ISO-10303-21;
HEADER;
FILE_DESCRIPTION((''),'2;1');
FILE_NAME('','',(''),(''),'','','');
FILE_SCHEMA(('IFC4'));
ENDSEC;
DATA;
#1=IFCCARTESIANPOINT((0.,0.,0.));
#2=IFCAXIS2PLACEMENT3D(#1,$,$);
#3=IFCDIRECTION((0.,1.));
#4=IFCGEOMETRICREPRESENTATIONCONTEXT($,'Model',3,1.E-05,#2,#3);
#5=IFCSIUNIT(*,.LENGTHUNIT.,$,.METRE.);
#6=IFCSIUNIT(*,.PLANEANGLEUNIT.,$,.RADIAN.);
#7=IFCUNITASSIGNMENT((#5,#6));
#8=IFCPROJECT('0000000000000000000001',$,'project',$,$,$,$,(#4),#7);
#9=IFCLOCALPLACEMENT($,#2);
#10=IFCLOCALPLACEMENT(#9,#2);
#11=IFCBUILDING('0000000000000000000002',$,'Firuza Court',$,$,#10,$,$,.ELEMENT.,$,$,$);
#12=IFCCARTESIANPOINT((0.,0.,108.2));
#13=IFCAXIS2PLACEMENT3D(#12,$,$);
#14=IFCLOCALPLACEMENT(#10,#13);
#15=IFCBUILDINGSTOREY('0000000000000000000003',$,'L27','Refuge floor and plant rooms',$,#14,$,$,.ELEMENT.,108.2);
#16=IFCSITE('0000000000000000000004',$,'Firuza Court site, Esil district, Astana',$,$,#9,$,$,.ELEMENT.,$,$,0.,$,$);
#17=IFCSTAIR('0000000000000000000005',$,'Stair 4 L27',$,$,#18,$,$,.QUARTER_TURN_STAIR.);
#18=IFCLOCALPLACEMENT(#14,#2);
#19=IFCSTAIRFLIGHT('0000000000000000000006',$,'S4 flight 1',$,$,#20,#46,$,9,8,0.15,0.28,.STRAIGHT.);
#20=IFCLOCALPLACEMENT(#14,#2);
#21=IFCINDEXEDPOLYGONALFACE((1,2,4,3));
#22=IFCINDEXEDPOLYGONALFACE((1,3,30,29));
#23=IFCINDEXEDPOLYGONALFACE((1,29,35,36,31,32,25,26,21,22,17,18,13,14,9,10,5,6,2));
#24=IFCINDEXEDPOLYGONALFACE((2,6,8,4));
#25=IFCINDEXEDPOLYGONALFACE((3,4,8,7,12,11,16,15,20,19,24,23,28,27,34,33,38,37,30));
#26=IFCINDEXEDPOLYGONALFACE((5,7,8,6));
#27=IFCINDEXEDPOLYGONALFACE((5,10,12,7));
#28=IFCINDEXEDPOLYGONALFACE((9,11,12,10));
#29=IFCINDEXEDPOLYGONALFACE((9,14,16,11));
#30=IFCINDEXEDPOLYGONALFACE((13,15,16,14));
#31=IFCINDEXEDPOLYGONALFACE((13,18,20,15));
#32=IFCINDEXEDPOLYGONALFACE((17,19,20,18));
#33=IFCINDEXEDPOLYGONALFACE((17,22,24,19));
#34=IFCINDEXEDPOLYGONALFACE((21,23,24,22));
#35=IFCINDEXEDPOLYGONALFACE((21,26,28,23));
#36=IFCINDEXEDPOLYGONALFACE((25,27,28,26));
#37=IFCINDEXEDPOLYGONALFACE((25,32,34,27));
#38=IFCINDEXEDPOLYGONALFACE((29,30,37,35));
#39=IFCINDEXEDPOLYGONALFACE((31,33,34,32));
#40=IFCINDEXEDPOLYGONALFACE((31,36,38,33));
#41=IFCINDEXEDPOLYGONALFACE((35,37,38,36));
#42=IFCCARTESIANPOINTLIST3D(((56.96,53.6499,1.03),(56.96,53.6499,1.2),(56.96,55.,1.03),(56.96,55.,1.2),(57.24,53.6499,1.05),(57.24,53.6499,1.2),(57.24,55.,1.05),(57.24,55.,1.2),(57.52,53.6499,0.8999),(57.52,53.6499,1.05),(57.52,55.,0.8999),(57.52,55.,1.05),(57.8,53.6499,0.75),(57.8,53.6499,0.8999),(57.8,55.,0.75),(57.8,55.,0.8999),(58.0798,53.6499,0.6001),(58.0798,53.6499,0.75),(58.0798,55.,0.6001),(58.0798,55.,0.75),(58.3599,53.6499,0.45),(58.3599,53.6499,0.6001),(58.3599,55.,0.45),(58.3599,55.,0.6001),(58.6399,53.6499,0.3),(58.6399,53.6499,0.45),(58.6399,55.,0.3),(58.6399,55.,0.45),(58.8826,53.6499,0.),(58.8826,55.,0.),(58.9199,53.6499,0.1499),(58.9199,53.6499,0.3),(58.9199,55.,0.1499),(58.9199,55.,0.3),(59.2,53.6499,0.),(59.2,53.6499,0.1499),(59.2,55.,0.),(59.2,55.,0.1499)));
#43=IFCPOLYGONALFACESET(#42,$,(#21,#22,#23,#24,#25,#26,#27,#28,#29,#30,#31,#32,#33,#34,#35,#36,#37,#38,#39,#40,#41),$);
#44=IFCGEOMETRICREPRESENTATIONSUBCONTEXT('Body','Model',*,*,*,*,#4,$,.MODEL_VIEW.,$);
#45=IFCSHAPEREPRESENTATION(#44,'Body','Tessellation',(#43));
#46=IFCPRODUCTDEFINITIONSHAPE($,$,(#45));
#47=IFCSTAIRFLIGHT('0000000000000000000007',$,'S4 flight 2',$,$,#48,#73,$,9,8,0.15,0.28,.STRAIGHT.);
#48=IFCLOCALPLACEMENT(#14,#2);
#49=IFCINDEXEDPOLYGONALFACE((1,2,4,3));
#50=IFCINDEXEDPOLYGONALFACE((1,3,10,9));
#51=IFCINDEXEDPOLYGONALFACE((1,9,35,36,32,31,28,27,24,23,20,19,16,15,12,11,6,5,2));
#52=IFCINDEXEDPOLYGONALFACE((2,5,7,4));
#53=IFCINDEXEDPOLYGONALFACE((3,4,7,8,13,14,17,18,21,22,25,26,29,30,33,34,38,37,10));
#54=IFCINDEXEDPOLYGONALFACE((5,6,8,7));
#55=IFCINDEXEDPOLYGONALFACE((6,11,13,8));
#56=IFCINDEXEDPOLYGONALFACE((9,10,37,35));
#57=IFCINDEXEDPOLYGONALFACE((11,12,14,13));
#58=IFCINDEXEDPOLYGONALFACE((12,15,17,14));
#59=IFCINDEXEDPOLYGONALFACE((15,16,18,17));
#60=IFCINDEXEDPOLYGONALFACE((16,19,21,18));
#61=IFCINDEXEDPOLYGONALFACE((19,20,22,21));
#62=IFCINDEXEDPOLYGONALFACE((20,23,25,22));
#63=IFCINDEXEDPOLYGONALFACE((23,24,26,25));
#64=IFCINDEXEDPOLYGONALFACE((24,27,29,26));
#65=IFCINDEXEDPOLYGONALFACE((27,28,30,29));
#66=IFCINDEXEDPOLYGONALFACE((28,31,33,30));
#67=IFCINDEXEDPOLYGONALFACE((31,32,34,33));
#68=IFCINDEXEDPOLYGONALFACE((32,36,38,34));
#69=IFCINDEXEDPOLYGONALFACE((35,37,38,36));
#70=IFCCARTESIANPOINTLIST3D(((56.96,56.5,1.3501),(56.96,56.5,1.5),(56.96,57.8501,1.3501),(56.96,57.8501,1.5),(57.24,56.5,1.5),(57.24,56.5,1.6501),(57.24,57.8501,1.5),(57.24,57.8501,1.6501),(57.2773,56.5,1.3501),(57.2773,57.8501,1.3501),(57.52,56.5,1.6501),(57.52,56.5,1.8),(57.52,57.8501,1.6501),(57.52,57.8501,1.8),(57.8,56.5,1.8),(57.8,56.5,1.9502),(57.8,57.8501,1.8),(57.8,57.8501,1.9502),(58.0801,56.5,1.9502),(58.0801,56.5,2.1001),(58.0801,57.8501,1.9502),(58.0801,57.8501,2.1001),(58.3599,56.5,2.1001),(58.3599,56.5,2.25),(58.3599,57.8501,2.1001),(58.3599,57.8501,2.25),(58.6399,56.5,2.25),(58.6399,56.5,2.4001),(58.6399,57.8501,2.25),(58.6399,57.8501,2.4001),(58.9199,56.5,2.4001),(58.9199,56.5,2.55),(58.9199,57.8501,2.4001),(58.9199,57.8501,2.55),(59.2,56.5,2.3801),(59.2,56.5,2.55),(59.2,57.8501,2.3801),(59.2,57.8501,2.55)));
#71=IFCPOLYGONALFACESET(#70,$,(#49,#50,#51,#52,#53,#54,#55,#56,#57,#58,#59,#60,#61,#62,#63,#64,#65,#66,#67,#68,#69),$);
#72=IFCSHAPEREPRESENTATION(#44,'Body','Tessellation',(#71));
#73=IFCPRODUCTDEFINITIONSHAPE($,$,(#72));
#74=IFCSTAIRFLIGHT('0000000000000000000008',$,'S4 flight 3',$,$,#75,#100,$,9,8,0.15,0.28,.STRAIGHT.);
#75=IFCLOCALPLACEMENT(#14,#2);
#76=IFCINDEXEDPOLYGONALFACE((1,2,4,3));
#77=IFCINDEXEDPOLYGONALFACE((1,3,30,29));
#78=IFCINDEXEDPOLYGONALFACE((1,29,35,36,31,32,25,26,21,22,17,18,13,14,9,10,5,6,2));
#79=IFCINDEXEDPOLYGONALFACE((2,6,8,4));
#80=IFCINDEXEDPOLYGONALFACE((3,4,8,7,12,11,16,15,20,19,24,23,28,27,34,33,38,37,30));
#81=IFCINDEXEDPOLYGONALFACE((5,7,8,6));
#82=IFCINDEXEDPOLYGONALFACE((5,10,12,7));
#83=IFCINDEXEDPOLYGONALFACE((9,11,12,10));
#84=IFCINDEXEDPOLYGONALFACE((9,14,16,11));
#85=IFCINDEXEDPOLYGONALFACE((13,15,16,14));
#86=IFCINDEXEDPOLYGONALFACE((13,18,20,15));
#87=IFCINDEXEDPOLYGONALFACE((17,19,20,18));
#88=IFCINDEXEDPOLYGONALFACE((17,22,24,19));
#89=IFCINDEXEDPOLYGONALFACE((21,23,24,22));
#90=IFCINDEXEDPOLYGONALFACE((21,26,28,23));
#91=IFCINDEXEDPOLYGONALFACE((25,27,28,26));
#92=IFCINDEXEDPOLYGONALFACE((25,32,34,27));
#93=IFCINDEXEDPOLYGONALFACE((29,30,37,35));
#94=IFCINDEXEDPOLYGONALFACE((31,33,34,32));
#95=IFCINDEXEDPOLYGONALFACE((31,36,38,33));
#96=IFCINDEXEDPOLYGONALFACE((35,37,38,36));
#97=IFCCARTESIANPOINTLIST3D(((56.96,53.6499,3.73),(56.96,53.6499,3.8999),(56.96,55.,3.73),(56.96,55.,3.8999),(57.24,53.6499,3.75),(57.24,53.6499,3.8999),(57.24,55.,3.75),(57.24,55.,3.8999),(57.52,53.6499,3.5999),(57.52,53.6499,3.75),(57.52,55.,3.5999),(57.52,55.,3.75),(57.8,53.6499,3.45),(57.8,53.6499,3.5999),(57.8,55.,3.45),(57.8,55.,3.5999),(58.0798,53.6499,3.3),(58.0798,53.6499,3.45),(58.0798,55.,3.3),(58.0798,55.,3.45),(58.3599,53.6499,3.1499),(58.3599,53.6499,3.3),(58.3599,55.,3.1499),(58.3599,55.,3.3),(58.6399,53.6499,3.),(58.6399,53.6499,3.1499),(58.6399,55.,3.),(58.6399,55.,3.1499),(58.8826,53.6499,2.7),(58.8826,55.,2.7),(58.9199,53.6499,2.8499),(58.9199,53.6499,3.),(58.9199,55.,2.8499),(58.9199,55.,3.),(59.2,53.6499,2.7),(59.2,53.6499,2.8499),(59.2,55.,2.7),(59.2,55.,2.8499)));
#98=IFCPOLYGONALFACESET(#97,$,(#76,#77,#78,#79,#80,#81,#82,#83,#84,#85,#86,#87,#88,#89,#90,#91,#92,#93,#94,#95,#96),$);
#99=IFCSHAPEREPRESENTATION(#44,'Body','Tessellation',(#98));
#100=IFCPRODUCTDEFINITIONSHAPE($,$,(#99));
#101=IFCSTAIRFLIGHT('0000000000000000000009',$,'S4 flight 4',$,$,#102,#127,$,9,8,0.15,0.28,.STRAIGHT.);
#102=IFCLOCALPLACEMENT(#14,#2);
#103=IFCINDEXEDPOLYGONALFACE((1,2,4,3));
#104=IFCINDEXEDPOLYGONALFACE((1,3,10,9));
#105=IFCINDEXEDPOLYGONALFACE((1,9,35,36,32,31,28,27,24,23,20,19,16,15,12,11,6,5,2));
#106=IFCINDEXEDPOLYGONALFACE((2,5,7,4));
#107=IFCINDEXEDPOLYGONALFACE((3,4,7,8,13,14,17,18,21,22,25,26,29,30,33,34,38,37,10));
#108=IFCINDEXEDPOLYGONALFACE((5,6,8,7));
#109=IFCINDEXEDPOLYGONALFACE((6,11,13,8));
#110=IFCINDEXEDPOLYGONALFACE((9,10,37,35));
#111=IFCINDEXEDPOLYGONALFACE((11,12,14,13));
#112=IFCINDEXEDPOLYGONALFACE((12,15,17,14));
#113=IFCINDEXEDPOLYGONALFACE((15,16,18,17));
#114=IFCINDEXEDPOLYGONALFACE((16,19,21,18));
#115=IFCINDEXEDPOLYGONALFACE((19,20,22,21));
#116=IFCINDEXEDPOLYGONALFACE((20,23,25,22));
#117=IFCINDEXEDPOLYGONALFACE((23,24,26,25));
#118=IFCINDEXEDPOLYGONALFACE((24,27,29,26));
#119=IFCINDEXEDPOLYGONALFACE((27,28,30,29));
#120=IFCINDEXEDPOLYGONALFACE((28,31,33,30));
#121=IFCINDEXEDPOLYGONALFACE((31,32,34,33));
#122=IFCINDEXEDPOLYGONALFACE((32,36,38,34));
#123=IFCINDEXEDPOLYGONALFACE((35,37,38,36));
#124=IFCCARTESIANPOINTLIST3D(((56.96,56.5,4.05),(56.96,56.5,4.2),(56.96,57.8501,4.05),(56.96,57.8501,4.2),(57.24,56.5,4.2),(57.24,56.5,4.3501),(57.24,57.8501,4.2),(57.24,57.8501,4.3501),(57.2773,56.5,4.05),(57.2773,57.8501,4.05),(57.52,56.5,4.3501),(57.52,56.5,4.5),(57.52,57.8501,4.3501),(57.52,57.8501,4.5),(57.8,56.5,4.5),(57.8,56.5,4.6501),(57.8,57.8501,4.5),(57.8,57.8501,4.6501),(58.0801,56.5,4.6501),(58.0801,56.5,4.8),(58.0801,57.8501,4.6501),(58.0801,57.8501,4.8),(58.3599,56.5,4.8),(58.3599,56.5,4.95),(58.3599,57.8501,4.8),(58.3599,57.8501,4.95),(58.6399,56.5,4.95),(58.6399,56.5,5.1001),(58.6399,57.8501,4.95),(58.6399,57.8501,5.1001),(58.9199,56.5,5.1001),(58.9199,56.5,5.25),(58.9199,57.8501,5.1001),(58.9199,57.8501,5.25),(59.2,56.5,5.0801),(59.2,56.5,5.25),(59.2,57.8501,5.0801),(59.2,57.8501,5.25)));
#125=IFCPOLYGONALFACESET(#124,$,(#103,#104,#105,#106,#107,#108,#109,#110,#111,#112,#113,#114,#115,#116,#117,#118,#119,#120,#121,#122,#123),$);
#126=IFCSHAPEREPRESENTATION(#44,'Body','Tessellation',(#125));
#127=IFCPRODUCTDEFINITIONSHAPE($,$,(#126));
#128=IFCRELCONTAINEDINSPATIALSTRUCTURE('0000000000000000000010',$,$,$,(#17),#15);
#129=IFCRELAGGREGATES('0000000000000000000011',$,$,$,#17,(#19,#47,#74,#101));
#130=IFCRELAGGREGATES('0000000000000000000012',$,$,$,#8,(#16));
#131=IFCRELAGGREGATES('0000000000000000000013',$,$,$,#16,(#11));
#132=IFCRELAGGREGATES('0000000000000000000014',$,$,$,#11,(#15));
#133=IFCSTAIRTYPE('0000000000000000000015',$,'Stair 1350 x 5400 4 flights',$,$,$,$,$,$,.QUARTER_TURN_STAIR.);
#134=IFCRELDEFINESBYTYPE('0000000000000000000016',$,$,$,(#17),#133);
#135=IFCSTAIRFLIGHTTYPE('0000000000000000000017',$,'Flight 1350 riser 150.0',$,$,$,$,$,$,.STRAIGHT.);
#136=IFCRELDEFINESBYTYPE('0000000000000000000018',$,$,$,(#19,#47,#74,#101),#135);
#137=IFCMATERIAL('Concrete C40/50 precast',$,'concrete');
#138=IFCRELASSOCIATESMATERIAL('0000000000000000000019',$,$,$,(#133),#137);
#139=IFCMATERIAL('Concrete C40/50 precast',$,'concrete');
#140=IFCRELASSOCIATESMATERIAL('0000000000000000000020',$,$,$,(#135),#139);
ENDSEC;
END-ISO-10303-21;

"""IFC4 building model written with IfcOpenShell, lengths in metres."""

from ifc_helpers import new_model, si_unit, direction, frame, origin, place, context, subcontext, project, spatial, polyline, outline, extrude, material, type_object, element, aggregate, save


model = new_model("IFC4")

# Units and contexts
model_context = context("Model", 3, precision=1e-05, world=origin(), true_north=direction((0.0, 1.0)))
body_context = subcontext(model_context, "Body", "Model", "MODEL_VIEW")
ifc_project = project(units=[si_unit("LENGTHUNIT", "METRE"), si_unit("PLANEANGLEUNIT", "RADIAN")], contexts=[model_context])

# Site, building, storey
site_placement = place(None, origin())
site = spatial("IfcSite", under=ifc_project, at=site_placement, Name="Firuza Court site, Esil district, Astana", CompositionType="ELEMENT", RefElevation=0.0)
building_placement = place(site_placement, origin())
building = spatial("IfcBuilding", under=site, at=building_placement, Name="Firuza Court", CompositionType="ELEMENT")
storey_placement = place(building_placement, frame((0.0, 0.0, 108.2)))
storey = spatial("IfcBuildingStorey", under=building, at=storey_placement, Name="L27", Description="Refuge floor and plant rooms", CompositionType="ELEMENT", Elevation=108.2)

# Stair, stair flights
ifc_material_1 = material(Name="Concrete C40/50 precast", Category="concrete")
stair_type = type_object("IfcStairType", Name="Stair 1350 x 5400 4 flights", PredefinedType="QUARTER_TURN_STAIR", material=ifc_material_1)
stair_placement = place(storey_placement, origin())
stair = element("IfcStair", 1, at=stair_placement, inside=storey, type_object=stair_type, Name="Stair 4 L27", PredefinedType="QUARTER_TURN_STAIR")
ifc_material_2 = material(Name="Concrete C40/50 precast", Category="concrete")
stair_flight_type = type_object("IfcStairFlightType", Name="Flight 1350 riser 150.0", PredefinedType="STRAIGHT", material=ifc_material_2)
stair_flight_1_placement = place(storey_placement, frame((59.2, 54.325, 0.0), z_axis=(0.0, 0.0, 1.0), x_axis=(-1.0, 0.0, 0.0)))
stair_flight_1 = element("IfcStairFlight", 2, at=stair_flight_1_placement, type_object=stair_flight_type, Name="S4 flight 1", NumberOfRisers=9, NumberOfTreads=8, PredefinedType="STRAIGHT", RiserHeight=0.15, TreadLength=0.28, context=body_context, shape_type="SweptSolid", body=[
    extrude(outline(polyline([(0.0, 0.0), (0.0, 0.1499), (0.28, 0.1499), (0.28, 0.3), (0.5601, 0.3), (0.5601, 0.45), (0.8401, 0.45), (0.8401, 0.6001), (1.1201, 0.6001), (1.1201, 0.75), (1.3999, 0.75), (1.3999, 0.8999), (1.6799, 0.8999), (1.6799, 1.05), (1.96, 1.05), (1.96, 1.2), (2.24, 1.2), (2.24, 1.3501), (2.24, 1.03), (0.3174, 0.0), (0.0, 0.0)])), frame((0.0, 0.675, 0.0), z_axis=(0.0, -1.0, 0.0), x_axis=(1.0, 0.0, 0.0)), (0.0, 0.0, 1.0), 1.3501),
])
stair_flight_2_placement = place(storey_placement, frame((56.96, 57.175, 1.3501), z_axis=(0.0, 0.0, 1.0), x_axis=(1.0, 0.0, 0.0)))
stair_flight_2 = element("IfcStairFlight", 3, at=stair_flight_2_placement, type_object=stair_flight_type, Name="S4 flight 2", NumberOfRisers=9, NumberOfTreads=8, PredefinedType="STRAIGHT", RiserHeight=0.15, TreadLength=0.28, context=body_context, shape_type="SweptSolid", body=[
    extrude(outline(polyline([(0.0, 0.0), (0.0, 0.1499), (0.28, 0.1499), (0.28, 0.3), (0.5601, 0.3), (0.5601, 0.45), (0.8401, 0.45), (0.8401, 0.6001), (1.1201, 0.6001), (1.1201, 0.75), (1.3999, 0.75), (1.3999, 0.8999), (1.6799, 0.8999), (1.6799, 1.05), (1.96, 1.05), (1.96, 1.2), (2.24, 1.2), (2.24, 1.3501), (2.24, 1.03), (0.3174, 0.0), (0.0, 0.0)])), frame((0.0, 0.675, 0.0), z_axis=(0.0, -1.0, 0.0), x_axis=(1.0, 0.0, 0.0)), (0.0, 0.0, 1.0), 1.3501),
])
stair_flight_3_placement = place(storey_placement, frame((59.2, 54.325, 2.7), z_axis=(0.0, 0.0, 1.0), x_axis=(-1.0, 0.0, 0.0)))
stair_flight_3 = element("IfcStairFlight", 4, at=stair_flight_3_placement, type_object=stair_flight_type, Name="S4 flight 3", NumberOfRisers=9, NumberOfTreads=8, PredefinedType="STRAIGHT", RiserHeight=0.15, TreadLength=0.28, context=body_context, shape_type="SweptSolid", body=[
    extrude(outline(polyline([(0.0, 0.0), (0.0, 0.1499), (0.28, 0.1499), (0.28, 0.3), (0.5601, 0.3), (0.5601, 0.45), (0.8401, 0.45), (0.8401, 0.6001), (1.1201, 0.6001), (1.1201, 0.75), (1.3999, 0.75), (1.3999, 0.8999), (1.6799, 0.8999), (1.6799, 1.05), (1.96, 1.05), (1.96, 1.2), (2.24, 1.2), (2.24, 1.3501), (2.24, 1.03), (0.3174, 0.0), (0.0, 0.0)])), frame((0.0, 0.675, 0.0), z_axis=(0.0, -1.0, 0.0), x_axis=(1.0, 0.0, 0.0)), (0.0, 0.0, 1.0), 1.3501),
])
stair_flight_4_placement = place(storey_placement, frame((56.96, 57.175, 4.05), z_axis=(0.0, 0.0, 1.0), x_axis=(1.0, 0.0, 0.0)))
stair_flight_4 = element("IfcStairFlight", 5, at=stair_flight_4_placement, type_object=stair_flight_type, Name="S4 flight 4", NumberOfRisers=9, NumberOfTreads=8, PredefinedType="STRAIGHT", RiserHeight=0.15, TreadLength=0.28, context=body_context, shape_type="SweptSolid", body=[
    extrude(outline(polyline([(0.0, 0.0), (0.0, 0.1499), (0.28, 0.1499), (0.28, 0.3), (0.5601, 0.3), (0.5601, 0.45), (0.8401, 0.45), (0.8401, 0.6001), (1.1201, 0.6001), (1.1201, 0.75), (1.3999, 0.75), (1.3999, 0.8999), (1.6799, 0.8999), (1.6799, 1.05), (1.96, 1.05), (1.96, 1.2), (2.24, 1.2), (2.24, 1.3501), (2.24, 1.03), (0.3174, 0.0), (0.0, 0.0)])), frame((0.0, 0.675, 0.0), z_axis=(0.0, -1.0, 0.0), x_axis=(1.0, 0.0, 0.0)), (0.0, 0.0, 1.0), 1.3501),
])
aggregate(stair, [stair_flight_1, stair_flight_2, stair_flight_3, stair_flight_4])

save(model, "model.ifc")
